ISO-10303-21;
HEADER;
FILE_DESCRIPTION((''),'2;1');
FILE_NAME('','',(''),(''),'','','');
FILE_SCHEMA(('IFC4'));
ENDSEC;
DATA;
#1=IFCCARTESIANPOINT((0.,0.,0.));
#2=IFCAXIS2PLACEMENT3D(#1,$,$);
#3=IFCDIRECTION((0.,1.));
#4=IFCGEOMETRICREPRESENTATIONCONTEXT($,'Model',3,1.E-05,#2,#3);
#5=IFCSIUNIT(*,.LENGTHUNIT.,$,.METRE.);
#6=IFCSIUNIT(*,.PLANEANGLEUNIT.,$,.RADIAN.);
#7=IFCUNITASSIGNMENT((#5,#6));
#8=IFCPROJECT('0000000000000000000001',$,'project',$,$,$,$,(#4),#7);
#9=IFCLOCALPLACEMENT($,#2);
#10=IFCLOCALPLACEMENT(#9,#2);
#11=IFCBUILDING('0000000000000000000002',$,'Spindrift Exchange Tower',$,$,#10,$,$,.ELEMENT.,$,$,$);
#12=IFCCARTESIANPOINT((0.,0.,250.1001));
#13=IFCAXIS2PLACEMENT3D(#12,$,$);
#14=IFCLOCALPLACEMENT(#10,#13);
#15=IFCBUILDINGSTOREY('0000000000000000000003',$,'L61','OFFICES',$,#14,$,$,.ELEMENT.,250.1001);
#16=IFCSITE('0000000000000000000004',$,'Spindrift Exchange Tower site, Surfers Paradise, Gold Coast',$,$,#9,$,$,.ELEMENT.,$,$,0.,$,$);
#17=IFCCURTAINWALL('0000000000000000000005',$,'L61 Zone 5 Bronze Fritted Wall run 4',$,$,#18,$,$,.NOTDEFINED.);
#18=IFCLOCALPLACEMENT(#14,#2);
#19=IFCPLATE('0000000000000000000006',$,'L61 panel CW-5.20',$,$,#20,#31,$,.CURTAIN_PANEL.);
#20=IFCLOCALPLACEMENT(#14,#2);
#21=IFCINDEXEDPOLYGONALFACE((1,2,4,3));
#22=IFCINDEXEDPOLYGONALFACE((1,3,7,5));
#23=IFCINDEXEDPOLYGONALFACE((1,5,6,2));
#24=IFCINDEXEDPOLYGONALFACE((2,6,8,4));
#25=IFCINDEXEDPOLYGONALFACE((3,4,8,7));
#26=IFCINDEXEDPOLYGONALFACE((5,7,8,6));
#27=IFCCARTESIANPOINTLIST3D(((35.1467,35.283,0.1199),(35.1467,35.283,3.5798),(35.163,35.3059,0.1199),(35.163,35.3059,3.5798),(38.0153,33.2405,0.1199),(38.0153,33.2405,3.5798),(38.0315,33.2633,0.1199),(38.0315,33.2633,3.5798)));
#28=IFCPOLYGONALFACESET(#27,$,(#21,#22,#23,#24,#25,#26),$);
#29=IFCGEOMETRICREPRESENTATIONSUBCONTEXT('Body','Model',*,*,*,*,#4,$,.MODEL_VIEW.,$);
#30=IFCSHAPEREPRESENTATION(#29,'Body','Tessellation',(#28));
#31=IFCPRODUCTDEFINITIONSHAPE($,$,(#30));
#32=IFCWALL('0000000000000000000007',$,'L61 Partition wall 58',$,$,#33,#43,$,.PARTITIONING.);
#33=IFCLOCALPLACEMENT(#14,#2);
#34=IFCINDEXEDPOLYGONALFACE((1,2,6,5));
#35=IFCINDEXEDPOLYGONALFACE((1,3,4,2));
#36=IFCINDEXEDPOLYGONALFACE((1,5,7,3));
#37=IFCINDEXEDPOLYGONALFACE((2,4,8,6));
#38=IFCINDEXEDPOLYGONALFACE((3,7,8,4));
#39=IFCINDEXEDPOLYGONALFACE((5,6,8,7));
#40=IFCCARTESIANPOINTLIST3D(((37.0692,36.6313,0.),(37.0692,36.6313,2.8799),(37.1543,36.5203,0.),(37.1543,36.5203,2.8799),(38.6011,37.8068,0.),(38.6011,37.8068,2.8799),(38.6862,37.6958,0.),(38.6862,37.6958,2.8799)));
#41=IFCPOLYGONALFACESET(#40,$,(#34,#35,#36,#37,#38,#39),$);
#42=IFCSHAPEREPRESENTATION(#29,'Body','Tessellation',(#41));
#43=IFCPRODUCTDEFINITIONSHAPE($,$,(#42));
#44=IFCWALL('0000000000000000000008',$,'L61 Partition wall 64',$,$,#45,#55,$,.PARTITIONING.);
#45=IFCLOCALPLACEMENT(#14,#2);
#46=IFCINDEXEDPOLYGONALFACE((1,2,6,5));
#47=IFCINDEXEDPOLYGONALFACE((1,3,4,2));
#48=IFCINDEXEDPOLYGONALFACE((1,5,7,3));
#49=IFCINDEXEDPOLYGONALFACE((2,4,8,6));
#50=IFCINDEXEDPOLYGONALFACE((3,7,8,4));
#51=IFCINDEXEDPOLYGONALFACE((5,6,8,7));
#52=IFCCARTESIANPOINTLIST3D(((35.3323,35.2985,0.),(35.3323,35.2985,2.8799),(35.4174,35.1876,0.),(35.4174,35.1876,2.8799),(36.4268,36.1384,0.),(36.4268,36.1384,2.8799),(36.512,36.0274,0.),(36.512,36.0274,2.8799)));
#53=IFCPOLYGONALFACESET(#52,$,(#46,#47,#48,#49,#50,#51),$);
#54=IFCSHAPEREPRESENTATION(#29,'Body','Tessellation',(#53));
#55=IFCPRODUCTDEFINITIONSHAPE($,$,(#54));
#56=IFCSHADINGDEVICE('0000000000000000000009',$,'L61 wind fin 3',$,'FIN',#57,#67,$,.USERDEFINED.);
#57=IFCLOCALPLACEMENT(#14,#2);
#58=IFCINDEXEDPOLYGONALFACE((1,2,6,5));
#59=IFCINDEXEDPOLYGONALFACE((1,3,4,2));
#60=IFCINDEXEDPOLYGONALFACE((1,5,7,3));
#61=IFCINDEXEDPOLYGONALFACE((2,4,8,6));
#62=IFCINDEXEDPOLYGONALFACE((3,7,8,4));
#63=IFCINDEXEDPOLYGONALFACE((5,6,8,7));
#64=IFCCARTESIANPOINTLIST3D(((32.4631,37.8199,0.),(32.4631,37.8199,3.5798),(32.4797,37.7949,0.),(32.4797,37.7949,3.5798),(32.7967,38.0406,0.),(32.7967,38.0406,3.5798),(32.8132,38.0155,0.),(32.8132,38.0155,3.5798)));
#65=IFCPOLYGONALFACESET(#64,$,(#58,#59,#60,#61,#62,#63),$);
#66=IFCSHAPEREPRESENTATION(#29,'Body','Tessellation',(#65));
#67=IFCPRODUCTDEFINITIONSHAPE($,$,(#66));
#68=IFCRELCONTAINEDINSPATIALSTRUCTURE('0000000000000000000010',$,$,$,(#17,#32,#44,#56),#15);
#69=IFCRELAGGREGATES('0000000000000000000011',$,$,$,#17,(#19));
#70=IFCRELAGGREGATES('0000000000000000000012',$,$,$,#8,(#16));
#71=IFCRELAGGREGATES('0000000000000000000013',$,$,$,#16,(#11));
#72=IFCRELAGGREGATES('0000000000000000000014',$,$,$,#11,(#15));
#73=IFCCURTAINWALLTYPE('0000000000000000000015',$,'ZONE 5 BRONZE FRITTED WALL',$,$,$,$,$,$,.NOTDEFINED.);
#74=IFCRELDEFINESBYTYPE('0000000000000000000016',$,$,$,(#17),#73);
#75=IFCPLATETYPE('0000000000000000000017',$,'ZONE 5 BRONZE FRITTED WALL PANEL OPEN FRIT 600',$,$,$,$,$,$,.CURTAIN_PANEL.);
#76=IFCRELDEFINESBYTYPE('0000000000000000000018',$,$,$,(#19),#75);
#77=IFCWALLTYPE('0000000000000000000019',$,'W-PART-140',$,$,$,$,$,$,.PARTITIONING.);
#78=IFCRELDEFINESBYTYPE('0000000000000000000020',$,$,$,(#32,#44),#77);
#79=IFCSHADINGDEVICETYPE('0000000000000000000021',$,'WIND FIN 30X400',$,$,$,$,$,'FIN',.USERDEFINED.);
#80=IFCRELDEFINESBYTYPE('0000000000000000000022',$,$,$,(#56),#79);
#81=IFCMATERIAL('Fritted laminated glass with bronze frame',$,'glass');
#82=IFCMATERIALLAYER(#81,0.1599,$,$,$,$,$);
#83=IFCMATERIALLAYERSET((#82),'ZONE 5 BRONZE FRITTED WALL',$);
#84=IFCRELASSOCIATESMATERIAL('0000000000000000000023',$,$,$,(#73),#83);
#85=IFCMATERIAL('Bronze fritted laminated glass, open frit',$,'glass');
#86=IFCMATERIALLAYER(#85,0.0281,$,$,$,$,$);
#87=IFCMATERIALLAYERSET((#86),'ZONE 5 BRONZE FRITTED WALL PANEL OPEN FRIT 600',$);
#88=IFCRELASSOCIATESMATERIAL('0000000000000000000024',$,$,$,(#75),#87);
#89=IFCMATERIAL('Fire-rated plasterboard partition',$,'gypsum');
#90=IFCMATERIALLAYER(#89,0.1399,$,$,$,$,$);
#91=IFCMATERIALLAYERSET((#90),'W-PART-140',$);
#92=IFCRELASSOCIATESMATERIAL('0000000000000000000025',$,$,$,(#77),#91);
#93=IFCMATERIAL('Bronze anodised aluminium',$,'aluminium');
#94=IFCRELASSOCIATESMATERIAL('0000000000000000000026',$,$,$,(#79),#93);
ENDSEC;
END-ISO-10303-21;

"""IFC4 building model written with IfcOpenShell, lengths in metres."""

from ifc_helpers import new_model, si_unit, direction, frame, frame_2d, origin, origin_2d, place, context, subcontext, project, spatial, rectangle, extrude, source, transform, mapped, material, layer, layer_set, material_profile, profile_set, type_object, element, aggregate, save


model = new_model("IFC4")

# Units and contexts
model_context = context("Model", 3, precision=1e-05, world=origin(), true_north=direction((0.0, 1.0)))
body_context = subcontext(model_context, "Body", "Model", "MODEL_VIEW")
ifc_project = project(units=[si_unit("LENGTHUNIT", "METRE"), si_unit("PLANEANGLEUNIT", "RADIAN")], contexts=[model_context])

# Site, building, storey
site_placement = place(None, origin())
site = spatial("IfcSite", under=ifc_project, at=site_placement, Name="Spindrift Exchange Tower site, Surfers Paradise, Gold Coast", CompositionType="ELEMENT", RefElevation=0.0)
building_placement = place(site_placement, origin())
building = spatial("IfcBuilding", under=site, at=building_placement, Name="Spindrift Exchange Tower", CompositionType="ELEMENT")
storey_placement = place(building_placement, frame((0.0, 0.0, 250.1001)))
storey = spatial("IfcBuildingStorey", under=building, at=storey_placement, Name="L61", Description="OFFICES", CompositionType="ELEMENT", Elevation=250.1001)

# Curtain wall
ifc_material_1 = material(Name="Fritted laminated glass with bronze frame", Category="glass")
ifc_layer_1 = layer(ifc_material_1, 0.1599)
ifc_layer_set_1 = layer_set([ifc_layer_1], Name="ZONE 5 BRONZE FRITTED WALL")
curtain_wall_type = type_object("IfcCurtainWallType", Name="ZONE 5 BRONZE FRITTED WALL", PredefinedType="NOTDEFINED", material=ifc_layer_set_1)
curtain_wall_placement = place(storey_placement, origin())
curtain_wall = element("IfcCurtainWall", 1, at=curtain_wall_placement, inside=storey, type_object=curtain_wall_type, Name="L61 Zone 5 Bronze Fritted Wall run 4", PredefinedType="NOTDEFINED")
ifc_material_2 = material(Name="Bronze anodised aluminium", Category="aluminium")

# Plate
ifc_material_3 = material(Name="Bronze fritted laminated glass, open frit", Category="glass")
ifc_layer_2 = layer(ifc_material_3, 0.0281)
ifc_layer_set_2 = layer_set([ifc_layer_2], Name="ZONE 5 BRONZE FRITTED WALL PANEL OPEN FRIT 600")
plate_type_1 = type_object("IfcPlateType", Name="ZONE 5 BRONZE FRITTED WALL PANEL OPEN FRIT 600", PredefinedType="CURTAIN_PANEL", material=ifc_layer_set_2)
shared_shape_1 = source(origin(), body_context, "Body", "SweptSolid", [
    extrude(rectangle(XDim=3.5215, YDim=0.0281, at=origin_2d()), origin(), (0.0, 0.0, 1.0), 3.46),
])
plate_1_placement = place(storey_placement, frame((36.5891, 34.2732, 0.1199), z_axis=(0.0, 0.0, 1.0), x_axis=(0.814595, -0.580031, 0.0)))
plate_1 = element("IfcPlate", 2, at=plate_1_placement, type_object=plate_type_1, Name="L61 panel CW-5.20", PredefinedType="CURTAIN_PANEL", context=body_context, shape_type="MappedRepresentation", body=[
    mapped(shared_shape_1, transform((0.0, 0.0, 0.0), scale=1.0)),
])
aggregate(curtain_wall, [plate_1])

# Walls
ifc_material_4 = material(Name="Fire-rated plasterboard partition", Category="gypsum")
ifc_layer_3 = layer(ifc_material_4, 0.1399)
ifc_layer_set_3 = layer_set([ifc_layer_3], Name="W-PART-140")
wall_type = type_object("IfcWallType", Name="W-PART-140", PredefinedType="PARTITIONING", material=ifc_layer_set_3)
wall_1_placement = place(storey_placement, frame((38.6436, 37.7512, 0.0), z_axis=(0.0, 0.0, 1.0), x_axis=(-0.793352, -0.608763, 0.0)))
element("IfcWall", 3, at=wall_1_placement, inside=storey, type_object=wall_type, Name="L61 Partition wall 58", PredefinedType="PARTITIONING", context=body_context, shape_type="SweptSolid", body=[
    extrude(rectangle(XDim=1.9309, YDim=0.1399, at=frame_2d((0.9653, 0.0))), origin(), (0.0, 0.0, 1.0), 2.8799),
])
wall_2_placement = place(storey_placement, frame((36.4695, 36.083, 0.0), z_axis=(0.0, 0.0, 1.0), x_axis=(-0.793347, -0.60877, 0.0)))
element("IfcWall", 4, at=wall_2_placement, inside=storey, type_object=wall_type, Name="L61 Partition wall 64", PredefinedType="PARTITIONING", context=body_context, shape_type="SweptSolid", body=[
    extrude(rectangle(XDim=1.3796, YDim=0.1399, at=frame_2d((0.6899, 0.0))), origin(), (0.0, 0.0, 1.0), 2.8799),
])

# Shading device
ifc_material_profile_1 = material_profile(ifc_material_2, rectangle(XDim=0.03, YDim=0.3999, at=origin_2d()), Name="WIND FIN 30X400")
ifc_profile_set_1 = profile_set([ifc_material_profile_1], Name="Bronze anodised aluminium")
shading_device_type = type_object("IfcShadingDeviceType", Name="WIND FIN 30X400", ElementType="FIN", PredefinedType="USERDEFINED", material=ifc_profile_set_1)
shared_shape_2 = source(origin(), body_context, "Body", "SweptSolid", [
    extrude(rectangle(XDim=0.03, YDim=0.3999, at=origin_2d()), origin(), (0.0, 0.0, 1.0), 3.5798),
])
shading_device_placement = place(storey_placement, frame((32.6382, 37.9177, 0.0), z_axis=(0.0, 0.0, 1.0), x_axis=(0.551752, -0.834008, 0.0)))
element("IfcShadingDevice", 5, at=shading_device_placement, inside=storey, type_object=shading_device_type, Name="L61 wind fin 3", ObjectType="FIN", PredefinedType="USERDEFINED", context=body_context, shape_type="MappedRepresentation", body=[
    mapped(shared_shape_2, transform((0.0, 0.0, 0.0), scale=1.0)),
])

save(model, "model.ifc")
